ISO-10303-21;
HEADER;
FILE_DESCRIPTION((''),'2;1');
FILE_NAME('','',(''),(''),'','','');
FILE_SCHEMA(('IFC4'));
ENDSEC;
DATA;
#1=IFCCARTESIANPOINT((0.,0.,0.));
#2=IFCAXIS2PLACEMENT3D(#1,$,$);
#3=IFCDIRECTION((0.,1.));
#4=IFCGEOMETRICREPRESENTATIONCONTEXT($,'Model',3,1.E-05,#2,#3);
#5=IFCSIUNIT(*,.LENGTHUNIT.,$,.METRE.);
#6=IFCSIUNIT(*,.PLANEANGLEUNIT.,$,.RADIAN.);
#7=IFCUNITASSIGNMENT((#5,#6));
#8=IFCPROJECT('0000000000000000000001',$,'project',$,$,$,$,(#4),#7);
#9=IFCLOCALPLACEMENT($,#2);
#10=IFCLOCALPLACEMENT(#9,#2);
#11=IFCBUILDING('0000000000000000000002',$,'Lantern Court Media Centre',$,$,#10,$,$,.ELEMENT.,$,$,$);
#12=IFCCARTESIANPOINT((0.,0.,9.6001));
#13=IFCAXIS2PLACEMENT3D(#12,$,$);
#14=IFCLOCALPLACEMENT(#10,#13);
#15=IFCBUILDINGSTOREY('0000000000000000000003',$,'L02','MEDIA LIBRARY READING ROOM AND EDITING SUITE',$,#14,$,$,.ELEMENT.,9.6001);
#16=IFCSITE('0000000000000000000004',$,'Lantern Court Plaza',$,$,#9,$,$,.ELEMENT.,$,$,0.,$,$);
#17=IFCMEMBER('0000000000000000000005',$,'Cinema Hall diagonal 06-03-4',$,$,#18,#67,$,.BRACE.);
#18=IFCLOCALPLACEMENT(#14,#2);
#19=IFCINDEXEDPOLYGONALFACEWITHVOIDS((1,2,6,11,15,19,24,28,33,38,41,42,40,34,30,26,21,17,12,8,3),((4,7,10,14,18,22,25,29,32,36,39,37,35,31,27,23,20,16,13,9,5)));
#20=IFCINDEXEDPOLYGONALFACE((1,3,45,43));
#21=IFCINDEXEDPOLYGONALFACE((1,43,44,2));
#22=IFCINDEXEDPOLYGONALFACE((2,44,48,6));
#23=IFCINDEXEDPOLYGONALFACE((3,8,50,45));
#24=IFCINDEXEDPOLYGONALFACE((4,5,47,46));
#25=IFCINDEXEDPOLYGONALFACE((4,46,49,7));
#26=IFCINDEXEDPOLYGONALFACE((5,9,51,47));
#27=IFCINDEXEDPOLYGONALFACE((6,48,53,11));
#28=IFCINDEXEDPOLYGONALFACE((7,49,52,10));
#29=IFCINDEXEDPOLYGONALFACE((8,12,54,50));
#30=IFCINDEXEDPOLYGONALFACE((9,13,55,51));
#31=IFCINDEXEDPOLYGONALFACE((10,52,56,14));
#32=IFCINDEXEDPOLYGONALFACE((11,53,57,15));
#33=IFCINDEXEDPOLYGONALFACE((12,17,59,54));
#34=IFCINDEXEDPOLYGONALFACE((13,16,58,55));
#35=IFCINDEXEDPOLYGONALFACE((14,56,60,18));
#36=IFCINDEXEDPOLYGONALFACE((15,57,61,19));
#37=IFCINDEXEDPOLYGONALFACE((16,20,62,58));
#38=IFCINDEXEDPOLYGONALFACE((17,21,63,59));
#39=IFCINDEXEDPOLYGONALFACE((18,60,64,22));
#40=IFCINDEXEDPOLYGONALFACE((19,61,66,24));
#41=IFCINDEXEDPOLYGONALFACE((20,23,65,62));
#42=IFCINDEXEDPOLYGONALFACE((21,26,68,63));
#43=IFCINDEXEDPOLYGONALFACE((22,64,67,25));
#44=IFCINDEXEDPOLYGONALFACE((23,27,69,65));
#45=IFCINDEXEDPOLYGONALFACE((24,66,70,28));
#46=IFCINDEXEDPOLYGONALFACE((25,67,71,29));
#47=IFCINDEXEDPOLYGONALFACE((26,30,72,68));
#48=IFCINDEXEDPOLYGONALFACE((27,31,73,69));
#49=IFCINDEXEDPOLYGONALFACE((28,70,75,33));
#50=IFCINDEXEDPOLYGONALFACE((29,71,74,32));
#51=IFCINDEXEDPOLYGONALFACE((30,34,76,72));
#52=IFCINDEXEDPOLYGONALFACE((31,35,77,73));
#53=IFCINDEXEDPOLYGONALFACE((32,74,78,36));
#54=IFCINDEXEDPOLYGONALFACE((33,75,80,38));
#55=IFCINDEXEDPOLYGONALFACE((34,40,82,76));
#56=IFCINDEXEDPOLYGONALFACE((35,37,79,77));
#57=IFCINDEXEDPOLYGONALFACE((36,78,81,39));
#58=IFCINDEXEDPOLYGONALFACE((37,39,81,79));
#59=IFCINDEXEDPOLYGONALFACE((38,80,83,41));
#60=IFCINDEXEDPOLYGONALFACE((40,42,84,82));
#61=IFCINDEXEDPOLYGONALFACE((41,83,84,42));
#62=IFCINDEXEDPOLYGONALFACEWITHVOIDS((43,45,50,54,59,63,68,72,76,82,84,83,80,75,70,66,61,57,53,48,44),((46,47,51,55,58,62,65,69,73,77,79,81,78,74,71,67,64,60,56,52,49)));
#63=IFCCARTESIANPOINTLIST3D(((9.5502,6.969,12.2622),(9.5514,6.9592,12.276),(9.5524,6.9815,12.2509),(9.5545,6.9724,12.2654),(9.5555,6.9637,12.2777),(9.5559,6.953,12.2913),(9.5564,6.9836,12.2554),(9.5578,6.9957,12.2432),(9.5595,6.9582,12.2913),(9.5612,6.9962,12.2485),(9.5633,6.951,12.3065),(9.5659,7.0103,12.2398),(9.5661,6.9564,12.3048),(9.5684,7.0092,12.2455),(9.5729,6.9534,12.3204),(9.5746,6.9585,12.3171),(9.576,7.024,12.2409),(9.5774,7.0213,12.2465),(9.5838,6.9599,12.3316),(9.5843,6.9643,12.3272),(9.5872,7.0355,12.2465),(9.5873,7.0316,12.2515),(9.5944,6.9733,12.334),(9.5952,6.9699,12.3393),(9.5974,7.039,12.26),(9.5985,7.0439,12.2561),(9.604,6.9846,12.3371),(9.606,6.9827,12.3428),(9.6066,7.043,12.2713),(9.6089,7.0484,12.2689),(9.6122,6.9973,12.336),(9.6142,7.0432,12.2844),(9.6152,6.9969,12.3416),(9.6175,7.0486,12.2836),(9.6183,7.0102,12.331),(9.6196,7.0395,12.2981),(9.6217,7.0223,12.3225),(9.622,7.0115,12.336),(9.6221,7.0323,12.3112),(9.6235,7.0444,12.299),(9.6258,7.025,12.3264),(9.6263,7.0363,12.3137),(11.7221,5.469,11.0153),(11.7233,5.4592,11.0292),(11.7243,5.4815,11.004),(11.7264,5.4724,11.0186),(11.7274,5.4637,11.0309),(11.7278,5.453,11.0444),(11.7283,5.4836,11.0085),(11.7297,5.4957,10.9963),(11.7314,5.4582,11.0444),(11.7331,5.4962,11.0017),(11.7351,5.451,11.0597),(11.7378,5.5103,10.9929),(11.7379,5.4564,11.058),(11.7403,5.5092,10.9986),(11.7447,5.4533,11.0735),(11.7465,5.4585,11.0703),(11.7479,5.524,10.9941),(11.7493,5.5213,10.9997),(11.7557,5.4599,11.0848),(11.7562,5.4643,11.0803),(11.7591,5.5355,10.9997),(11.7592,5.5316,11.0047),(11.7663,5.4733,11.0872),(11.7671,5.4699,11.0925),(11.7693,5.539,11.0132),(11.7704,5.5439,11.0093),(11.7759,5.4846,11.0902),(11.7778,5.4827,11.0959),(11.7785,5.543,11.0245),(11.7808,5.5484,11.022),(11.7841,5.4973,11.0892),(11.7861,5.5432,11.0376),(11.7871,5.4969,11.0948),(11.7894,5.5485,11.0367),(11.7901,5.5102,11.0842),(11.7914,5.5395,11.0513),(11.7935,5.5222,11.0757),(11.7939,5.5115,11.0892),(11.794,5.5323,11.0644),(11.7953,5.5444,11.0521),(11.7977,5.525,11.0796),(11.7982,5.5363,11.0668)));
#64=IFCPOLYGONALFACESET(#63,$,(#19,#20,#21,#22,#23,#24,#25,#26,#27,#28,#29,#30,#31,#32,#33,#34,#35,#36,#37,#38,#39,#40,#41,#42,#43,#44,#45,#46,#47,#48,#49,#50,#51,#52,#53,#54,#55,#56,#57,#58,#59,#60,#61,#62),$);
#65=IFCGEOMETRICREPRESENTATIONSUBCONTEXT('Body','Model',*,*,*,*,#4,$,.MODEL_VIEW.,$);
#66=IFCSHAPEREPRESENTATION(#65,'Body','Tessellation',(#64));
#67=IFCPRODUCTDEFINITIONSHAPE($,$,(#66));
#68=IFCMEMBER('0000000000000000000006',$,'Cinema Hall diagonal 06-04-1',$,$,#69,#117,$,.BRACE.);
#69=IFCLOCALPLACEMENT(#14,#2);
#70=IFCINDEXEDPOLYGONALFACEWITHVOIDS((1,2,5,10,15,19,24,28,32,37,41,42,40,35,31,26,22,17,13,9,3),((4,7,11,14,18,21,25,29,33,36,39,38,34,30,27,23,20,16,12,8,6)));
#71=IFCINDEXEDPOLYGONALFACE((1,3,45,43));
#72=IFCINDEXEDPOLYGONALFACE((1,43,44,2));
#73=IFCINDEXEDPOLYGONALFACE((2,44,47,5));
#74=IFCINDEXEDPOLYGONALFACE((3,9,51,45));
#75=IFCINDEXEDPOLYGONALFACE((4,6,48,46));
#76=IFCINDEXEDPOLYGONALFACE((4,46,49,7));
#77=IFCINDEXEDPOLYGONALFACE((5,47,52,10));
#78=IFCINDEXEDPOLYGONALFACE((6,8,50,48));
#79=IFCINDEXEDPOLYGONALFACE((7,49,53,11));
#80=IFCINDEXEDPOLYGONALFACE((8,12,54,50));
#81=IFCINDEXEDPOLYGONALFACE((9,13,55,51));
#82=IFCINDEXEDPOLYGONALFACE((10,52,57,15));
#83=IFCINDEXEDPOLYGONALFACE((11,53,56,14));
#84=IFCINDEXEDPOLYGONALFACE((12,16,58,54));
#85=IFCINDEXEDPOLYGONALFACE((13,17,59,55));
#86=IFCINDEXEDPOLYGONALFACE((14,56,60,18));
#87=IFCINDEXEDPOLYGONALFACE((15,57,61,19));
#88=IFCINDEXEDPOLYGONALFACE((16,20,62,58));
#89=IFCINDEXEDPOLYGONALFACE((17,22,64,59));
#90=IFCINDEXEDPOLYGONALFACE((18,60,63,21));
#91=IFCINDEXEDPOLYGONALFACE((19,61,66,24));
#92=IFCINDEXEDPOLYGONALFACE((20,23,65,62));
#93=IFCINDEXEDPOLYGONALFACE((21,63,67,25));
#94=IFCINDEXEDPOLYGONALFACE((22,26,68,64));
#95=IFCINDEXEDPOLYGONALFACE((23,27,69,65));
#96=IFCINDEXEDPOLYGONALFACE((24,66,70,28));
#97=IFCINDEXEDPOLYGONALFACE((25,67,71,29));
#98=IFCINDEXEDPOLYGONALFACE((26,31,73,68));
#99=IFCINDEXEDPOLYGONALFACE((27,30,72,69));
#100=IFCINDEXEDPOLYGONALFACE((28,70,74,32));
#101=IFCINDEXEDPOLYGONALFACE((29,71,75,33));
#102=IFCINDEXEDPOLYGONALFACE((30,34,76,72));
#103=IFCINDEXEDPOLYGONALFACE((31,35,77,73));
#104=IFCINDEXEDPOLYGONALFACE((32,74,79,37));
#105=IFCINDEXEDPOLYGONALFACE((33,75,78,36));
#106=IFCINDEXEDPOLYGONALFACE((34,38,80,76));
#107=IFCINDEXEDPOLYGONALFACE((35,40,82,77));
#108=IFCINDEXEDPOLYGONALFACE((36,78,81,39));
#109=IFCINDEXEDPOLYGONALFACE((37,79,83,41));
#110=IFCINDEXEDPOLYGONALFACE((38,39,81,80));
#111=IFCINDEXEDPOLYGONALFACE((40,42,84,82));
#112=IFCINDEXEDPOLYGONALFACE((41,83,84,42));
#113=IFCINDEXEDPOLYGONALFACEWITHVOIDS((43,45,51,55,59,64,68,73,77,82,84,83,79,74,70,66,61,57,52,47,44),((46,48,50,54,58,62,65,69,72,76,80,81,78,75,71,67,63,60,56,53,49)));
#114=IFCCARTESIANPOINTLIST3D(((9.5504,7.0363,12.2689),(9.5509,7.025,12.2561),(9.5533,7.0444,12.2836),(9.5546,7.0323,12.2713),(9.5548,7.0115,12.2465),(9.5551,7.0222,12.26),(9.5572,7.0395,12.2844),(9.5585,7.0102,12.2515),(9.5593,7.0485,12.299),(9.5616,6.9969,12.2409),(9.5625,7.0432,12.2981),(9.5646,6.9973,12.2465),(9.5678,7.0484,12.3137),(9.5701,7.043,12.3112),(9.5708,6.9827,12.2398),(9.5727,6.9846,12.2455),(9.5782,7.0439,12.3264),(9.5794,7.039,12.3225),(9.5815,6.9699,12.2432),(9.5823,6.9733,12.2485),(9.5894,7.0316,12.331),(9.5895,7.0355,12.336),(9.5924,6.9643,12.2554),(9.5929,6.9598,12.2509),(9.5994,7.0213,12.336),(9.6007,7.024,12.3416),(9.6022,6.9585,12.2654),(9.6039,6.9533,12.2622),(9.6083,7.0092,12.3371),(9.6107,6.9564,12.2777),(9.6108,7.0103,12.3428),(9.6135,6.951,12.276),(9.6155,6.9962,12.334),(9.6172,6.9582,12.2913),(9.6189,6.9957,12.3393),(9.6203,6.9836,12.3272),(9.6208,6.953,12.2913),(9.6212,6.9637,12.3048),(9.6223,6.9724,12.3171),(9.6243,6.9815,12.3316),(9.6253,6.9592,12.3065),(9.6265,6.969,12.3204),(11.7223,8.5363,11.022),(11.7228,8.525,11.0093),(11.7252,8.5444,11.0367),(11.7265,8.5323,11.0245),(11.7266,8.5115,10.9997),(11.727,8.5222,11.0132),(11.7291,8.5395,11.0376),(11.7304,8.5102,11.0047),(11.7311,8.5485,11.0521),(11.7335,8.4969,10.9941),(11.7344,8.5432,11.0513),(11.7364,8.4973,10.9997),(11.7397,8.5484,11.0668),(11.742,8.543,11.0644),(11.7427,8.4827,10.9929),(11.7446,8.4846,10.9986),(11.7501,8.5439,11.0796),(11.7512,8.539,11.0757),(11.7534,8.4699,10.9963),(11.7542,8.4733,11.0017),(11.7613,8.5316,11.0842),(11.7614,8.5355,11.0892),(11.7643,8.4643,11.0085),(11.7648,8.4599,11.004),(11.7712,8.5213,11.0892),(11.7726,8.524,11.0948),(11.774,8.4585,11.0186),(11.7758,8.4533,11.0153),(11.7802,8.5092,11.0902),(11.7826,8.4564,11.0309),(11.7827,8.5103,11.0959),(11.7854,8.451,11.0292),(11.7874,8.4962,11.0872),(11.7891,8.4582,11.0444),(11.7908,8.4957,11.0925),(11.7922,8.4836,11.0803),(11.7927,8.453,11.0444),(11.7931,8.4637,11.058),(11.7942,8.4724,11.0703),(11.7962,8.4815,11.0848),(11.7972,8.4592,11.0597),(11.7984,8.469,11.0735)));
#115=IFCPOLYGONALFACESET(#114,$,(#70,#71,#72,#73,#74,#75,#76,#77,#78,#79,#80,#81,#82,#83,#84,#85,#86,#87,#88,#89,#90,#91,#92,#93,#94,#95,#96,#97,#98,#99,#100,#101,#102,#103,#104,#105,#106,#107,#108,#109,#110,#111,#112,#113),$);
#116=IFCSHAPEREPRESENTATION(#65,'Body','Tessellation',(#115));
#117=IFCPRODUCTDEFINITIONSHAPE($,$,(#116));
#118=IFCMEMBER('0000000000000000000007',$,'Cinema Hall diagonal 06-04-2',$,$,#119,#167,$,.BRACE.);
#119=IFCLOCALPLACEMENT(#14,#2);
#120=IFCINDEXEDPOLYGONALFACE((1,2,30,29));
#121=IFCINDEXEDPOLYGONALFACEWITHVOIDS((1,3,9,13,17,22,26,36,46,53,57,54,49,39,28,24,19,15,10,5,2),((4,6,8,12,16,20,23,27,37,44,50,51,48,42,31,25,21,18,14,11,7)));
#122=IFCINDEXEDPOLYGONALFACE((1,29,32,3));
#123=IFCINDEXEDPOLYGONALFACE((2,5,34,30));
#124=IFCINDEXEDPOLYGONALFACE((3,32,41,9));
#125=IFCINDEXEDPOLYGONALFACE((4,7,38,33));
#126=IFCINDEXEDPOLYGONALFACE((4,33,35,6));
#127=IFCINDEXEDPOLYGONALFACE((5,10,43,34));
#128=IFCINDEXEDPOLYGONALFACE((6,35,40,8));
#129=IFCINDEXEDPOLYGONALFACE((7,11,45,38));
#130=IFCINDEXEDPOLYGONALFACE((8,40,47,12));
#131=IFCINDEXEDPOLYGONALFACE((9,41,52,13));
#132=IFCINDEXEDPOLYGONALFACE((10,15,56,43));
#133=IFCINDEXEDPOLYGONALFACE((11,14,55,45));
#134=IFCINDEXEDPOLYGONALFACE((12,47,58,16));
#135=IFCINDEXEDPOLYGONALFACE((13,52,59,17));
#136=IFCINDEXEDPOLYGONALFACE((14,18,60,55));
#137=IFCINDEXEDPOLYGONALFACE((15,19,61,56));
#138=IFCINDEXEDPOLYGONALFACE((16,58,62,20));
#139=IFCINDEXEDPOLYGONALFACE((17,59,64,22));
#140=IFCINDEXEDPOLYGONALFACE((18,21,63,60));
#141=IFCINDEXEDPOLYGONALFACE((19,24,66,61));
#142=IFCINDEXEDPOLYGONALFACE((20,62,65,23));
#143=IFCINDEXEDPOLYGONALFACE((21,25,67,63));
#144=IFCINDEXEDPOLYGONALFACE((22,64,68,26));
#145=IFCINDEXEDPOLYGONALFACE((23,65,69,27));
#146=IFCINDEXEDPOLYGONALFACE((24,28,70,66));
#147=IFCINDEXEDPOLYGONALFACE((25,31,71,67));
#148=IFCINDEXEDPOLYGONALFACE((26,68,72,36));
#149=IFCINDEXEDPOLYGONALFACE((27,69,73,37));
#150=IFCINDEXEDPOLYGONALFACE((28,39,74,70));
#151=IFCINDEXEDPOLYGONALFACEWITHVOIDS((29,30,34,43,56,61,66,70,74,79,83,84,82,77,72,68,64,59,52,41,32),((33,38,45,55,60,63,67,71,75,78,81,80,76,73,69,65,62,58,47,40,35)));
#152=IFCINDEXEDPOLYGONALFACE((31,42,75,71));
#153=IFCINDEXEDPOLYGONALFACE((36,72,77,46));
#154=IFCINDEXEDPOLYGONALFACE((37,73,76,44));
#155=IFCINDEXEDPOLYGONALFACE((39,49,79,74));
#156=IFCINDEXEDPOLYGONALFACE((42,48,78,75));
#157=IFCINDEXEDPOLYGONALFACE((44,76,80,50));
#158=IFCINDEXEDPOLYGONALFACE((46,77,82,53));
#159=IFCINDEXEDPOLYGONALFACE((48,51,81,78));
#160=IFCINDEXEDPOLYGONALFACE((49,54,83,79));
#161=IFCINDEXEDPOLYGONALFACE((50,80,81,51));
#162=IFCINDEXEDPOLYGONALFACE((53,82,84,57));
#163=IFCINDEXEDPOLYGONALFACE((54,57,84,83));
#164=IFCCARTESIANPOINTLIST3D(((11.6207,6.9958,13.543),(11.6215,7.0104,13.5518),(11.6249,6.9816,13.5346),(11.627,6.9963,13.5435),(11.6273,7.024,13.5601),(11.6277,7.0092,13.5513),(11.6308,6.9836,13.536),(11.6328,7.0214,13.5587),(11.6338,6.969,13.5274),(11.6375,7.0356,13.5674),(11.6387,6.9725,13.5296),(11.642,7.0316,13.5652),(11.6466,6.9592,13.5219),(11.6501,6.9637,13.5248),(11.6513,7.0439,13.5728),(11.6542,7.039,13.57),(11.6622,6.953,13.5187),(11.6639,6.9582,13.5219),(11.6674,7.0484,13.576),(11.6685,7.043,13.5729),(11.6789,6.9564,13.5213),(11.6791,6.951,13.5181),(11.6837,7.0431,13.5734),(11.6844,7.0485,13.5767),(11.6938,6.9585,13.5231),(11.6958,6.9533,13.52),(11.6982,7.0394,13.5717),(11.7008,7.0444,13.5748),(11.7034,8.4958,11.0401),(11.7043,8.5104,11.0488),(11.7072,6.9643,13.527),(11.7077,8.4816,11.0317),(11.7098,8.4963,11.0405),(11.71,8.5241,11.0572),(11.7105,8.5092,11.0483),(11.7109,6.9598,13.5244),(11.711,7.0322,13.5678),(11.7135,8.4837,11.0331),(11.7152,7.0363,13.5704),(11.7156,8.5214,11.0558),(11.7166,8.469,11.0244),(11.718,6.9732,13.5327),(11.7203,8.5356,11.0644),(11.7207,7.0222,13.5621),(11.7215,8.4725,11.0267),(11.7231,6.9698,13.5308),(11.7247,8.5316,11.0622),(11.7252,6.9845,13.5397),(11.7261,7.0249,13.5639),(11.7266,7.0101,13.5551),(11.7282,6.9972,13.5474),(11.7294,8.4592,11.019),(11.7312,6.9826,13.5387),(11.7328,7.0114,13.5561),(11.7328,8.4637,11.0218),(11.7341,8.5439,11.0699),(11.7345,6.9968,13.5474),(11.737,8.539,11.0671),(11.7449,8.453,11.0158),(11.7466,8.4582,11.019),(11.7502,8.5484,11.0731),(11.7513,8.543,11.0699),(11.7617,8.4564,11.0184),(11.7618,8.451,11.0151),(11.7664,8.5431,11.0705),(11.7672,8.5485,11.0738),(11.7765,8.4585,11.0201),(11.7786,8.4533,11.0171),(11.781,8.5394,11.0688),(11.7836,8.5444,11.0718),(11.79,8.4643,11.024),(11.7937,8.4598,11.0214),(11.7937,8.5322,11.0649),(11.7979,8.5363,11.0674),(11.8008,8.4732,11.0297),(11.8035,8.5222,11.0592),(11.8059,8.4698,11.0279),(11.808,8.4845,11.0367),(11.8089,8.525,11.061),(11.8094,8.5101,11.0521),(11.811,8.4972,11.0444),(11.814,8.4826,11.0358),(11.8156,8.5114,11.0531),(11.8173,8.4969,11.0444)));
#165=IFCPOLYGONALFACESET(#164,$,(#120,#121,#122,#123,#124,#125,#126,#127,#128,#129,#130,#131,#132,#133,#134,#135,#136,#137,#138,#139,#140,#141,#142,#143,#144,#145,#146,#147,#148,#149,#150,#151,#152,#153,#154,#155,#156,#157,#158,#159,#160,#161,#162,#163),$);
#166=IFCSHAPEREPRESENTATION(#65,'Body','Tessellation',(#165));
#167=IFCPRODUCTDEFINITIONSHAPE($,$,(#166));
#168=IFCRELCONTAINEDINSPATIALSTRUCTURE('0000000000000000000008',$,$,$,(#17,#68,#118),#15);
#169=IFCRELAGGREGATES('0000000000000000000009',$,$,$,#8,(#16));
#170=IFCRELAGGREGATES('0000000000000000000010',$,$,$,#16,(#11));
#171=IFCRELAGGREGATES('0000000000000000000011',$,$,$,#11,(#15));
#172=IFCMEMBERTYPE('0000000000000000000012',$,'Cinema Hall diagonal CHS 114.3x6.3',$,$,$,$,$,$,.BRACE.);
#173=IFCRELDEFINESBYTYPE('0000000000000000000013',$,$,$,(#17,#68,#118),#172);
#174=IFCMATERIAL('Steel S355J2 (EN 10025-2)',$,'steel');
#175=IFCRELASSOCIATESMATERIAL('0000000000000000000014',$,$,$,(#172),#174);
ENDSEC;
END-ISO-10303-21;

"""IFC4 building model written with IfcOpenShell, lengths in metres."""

from ifc_helpers import new_model, si_unit, direction, frame, origin, origin_2d, place, context, subcontext, project, spatial, hollow_circle, extrude, material, material_profile, profile_set, type_object, element, save


model = new_model("IFC4")

# Units and contexts
model_context = context("Model", 3, precision=1e-05, world=origin(), true_north=direction((0.0, 1.0)))
body_context = subcontext(model_context, "Body", "Model", "MODEL_VIEW")
ifc_project = project(units=[si_unit("LENGTHUNIT", "METRE"), si_unit("PLANEANGLEUNIT", "RADIAN")], contexts=[model_context])

# Site, building, storey
site_placement = place(None, origin())
site = spatial("IfcSite", under=ifc_project, at=site_placement, Name="Lantern Court Plaza", CompositionType="ELEMENT", RefElevation=0.0)
building_placement = place(site_placement, origin())
building = spatial("IfcBuilding", under=site, at=building_placement, Name="Lantern Court Media Centre", CompositionType="ELEMENT")
storey_placement = place(building_placement, frame((0.0, 0.0, 9.6001)))
storey = spatial("IfcBuildingStorey", under=building, at=storey_placement, Name="L02", Description="MEDIA LIBRARY READING ROOM AND EDITING SUITE", CompositionType="ELEMENT", Elevation=9.6001)

# Members
ifc_material = material(Name="Steel S355J2 (EN 10025-2)", Category="steel")
ifc_material_profile_1 = material_profile(ifc_material, hollow_circle(Radius=0.0571, WallThickness=0.0063, at=origin_2d()), Name="Cinema Hall diagonal CHS 114.3x6.3")
ifc_profile_set_1 = profile_set([ifc_material_profile_1], Name="Steel S355J2 (EN 10025-2)")
member_type_1 = type_object("IfcMemberType", Name="Cinema Hall diagonal CHS 114.3x6.3", PredefinedType="BRACE", material=ifc_profile_set_1)
for number, where, z_axis, x_axis, name in (
    (1, (11.7603, 5.5, 11.0444), (-0.744002, 0.513843, 0.427115), (-0.568286, -0.822831, 0.0), "Cinema Hall diagonal 06-03-4"),
    (2, (11.7603, 8.5, 11.0444), (-0.744002, -0.513843, 0.427115), (0.568286, -0.822831, 0.0), "Cinema Hall diagonal 06-04-1"),
    (3, (11.7603, 8.5, 11.0444), (-0.028352, -0.513846, 0.857414), (0.998481, -0.055092, 0.0), "Cinema Hall diagonal 06-04-2"),
):
    element("IfcMember", number, at=place(storey_placement, frame(where, z_axis=z_axis, x_axis=x_axis)), inside=storey, type_object=member_type_1, Name=name, PredefinedType="BRACE", context=body_context, shape_type="SweptSolid", body=[
        extrude(hollow_circle(Radius=0.0571, WallThickness=0.0063, at=origin_2d()), origin(), (0.0, 0.0, 1.0), 2.9192),
    ])

save(model, "model.ifc")
